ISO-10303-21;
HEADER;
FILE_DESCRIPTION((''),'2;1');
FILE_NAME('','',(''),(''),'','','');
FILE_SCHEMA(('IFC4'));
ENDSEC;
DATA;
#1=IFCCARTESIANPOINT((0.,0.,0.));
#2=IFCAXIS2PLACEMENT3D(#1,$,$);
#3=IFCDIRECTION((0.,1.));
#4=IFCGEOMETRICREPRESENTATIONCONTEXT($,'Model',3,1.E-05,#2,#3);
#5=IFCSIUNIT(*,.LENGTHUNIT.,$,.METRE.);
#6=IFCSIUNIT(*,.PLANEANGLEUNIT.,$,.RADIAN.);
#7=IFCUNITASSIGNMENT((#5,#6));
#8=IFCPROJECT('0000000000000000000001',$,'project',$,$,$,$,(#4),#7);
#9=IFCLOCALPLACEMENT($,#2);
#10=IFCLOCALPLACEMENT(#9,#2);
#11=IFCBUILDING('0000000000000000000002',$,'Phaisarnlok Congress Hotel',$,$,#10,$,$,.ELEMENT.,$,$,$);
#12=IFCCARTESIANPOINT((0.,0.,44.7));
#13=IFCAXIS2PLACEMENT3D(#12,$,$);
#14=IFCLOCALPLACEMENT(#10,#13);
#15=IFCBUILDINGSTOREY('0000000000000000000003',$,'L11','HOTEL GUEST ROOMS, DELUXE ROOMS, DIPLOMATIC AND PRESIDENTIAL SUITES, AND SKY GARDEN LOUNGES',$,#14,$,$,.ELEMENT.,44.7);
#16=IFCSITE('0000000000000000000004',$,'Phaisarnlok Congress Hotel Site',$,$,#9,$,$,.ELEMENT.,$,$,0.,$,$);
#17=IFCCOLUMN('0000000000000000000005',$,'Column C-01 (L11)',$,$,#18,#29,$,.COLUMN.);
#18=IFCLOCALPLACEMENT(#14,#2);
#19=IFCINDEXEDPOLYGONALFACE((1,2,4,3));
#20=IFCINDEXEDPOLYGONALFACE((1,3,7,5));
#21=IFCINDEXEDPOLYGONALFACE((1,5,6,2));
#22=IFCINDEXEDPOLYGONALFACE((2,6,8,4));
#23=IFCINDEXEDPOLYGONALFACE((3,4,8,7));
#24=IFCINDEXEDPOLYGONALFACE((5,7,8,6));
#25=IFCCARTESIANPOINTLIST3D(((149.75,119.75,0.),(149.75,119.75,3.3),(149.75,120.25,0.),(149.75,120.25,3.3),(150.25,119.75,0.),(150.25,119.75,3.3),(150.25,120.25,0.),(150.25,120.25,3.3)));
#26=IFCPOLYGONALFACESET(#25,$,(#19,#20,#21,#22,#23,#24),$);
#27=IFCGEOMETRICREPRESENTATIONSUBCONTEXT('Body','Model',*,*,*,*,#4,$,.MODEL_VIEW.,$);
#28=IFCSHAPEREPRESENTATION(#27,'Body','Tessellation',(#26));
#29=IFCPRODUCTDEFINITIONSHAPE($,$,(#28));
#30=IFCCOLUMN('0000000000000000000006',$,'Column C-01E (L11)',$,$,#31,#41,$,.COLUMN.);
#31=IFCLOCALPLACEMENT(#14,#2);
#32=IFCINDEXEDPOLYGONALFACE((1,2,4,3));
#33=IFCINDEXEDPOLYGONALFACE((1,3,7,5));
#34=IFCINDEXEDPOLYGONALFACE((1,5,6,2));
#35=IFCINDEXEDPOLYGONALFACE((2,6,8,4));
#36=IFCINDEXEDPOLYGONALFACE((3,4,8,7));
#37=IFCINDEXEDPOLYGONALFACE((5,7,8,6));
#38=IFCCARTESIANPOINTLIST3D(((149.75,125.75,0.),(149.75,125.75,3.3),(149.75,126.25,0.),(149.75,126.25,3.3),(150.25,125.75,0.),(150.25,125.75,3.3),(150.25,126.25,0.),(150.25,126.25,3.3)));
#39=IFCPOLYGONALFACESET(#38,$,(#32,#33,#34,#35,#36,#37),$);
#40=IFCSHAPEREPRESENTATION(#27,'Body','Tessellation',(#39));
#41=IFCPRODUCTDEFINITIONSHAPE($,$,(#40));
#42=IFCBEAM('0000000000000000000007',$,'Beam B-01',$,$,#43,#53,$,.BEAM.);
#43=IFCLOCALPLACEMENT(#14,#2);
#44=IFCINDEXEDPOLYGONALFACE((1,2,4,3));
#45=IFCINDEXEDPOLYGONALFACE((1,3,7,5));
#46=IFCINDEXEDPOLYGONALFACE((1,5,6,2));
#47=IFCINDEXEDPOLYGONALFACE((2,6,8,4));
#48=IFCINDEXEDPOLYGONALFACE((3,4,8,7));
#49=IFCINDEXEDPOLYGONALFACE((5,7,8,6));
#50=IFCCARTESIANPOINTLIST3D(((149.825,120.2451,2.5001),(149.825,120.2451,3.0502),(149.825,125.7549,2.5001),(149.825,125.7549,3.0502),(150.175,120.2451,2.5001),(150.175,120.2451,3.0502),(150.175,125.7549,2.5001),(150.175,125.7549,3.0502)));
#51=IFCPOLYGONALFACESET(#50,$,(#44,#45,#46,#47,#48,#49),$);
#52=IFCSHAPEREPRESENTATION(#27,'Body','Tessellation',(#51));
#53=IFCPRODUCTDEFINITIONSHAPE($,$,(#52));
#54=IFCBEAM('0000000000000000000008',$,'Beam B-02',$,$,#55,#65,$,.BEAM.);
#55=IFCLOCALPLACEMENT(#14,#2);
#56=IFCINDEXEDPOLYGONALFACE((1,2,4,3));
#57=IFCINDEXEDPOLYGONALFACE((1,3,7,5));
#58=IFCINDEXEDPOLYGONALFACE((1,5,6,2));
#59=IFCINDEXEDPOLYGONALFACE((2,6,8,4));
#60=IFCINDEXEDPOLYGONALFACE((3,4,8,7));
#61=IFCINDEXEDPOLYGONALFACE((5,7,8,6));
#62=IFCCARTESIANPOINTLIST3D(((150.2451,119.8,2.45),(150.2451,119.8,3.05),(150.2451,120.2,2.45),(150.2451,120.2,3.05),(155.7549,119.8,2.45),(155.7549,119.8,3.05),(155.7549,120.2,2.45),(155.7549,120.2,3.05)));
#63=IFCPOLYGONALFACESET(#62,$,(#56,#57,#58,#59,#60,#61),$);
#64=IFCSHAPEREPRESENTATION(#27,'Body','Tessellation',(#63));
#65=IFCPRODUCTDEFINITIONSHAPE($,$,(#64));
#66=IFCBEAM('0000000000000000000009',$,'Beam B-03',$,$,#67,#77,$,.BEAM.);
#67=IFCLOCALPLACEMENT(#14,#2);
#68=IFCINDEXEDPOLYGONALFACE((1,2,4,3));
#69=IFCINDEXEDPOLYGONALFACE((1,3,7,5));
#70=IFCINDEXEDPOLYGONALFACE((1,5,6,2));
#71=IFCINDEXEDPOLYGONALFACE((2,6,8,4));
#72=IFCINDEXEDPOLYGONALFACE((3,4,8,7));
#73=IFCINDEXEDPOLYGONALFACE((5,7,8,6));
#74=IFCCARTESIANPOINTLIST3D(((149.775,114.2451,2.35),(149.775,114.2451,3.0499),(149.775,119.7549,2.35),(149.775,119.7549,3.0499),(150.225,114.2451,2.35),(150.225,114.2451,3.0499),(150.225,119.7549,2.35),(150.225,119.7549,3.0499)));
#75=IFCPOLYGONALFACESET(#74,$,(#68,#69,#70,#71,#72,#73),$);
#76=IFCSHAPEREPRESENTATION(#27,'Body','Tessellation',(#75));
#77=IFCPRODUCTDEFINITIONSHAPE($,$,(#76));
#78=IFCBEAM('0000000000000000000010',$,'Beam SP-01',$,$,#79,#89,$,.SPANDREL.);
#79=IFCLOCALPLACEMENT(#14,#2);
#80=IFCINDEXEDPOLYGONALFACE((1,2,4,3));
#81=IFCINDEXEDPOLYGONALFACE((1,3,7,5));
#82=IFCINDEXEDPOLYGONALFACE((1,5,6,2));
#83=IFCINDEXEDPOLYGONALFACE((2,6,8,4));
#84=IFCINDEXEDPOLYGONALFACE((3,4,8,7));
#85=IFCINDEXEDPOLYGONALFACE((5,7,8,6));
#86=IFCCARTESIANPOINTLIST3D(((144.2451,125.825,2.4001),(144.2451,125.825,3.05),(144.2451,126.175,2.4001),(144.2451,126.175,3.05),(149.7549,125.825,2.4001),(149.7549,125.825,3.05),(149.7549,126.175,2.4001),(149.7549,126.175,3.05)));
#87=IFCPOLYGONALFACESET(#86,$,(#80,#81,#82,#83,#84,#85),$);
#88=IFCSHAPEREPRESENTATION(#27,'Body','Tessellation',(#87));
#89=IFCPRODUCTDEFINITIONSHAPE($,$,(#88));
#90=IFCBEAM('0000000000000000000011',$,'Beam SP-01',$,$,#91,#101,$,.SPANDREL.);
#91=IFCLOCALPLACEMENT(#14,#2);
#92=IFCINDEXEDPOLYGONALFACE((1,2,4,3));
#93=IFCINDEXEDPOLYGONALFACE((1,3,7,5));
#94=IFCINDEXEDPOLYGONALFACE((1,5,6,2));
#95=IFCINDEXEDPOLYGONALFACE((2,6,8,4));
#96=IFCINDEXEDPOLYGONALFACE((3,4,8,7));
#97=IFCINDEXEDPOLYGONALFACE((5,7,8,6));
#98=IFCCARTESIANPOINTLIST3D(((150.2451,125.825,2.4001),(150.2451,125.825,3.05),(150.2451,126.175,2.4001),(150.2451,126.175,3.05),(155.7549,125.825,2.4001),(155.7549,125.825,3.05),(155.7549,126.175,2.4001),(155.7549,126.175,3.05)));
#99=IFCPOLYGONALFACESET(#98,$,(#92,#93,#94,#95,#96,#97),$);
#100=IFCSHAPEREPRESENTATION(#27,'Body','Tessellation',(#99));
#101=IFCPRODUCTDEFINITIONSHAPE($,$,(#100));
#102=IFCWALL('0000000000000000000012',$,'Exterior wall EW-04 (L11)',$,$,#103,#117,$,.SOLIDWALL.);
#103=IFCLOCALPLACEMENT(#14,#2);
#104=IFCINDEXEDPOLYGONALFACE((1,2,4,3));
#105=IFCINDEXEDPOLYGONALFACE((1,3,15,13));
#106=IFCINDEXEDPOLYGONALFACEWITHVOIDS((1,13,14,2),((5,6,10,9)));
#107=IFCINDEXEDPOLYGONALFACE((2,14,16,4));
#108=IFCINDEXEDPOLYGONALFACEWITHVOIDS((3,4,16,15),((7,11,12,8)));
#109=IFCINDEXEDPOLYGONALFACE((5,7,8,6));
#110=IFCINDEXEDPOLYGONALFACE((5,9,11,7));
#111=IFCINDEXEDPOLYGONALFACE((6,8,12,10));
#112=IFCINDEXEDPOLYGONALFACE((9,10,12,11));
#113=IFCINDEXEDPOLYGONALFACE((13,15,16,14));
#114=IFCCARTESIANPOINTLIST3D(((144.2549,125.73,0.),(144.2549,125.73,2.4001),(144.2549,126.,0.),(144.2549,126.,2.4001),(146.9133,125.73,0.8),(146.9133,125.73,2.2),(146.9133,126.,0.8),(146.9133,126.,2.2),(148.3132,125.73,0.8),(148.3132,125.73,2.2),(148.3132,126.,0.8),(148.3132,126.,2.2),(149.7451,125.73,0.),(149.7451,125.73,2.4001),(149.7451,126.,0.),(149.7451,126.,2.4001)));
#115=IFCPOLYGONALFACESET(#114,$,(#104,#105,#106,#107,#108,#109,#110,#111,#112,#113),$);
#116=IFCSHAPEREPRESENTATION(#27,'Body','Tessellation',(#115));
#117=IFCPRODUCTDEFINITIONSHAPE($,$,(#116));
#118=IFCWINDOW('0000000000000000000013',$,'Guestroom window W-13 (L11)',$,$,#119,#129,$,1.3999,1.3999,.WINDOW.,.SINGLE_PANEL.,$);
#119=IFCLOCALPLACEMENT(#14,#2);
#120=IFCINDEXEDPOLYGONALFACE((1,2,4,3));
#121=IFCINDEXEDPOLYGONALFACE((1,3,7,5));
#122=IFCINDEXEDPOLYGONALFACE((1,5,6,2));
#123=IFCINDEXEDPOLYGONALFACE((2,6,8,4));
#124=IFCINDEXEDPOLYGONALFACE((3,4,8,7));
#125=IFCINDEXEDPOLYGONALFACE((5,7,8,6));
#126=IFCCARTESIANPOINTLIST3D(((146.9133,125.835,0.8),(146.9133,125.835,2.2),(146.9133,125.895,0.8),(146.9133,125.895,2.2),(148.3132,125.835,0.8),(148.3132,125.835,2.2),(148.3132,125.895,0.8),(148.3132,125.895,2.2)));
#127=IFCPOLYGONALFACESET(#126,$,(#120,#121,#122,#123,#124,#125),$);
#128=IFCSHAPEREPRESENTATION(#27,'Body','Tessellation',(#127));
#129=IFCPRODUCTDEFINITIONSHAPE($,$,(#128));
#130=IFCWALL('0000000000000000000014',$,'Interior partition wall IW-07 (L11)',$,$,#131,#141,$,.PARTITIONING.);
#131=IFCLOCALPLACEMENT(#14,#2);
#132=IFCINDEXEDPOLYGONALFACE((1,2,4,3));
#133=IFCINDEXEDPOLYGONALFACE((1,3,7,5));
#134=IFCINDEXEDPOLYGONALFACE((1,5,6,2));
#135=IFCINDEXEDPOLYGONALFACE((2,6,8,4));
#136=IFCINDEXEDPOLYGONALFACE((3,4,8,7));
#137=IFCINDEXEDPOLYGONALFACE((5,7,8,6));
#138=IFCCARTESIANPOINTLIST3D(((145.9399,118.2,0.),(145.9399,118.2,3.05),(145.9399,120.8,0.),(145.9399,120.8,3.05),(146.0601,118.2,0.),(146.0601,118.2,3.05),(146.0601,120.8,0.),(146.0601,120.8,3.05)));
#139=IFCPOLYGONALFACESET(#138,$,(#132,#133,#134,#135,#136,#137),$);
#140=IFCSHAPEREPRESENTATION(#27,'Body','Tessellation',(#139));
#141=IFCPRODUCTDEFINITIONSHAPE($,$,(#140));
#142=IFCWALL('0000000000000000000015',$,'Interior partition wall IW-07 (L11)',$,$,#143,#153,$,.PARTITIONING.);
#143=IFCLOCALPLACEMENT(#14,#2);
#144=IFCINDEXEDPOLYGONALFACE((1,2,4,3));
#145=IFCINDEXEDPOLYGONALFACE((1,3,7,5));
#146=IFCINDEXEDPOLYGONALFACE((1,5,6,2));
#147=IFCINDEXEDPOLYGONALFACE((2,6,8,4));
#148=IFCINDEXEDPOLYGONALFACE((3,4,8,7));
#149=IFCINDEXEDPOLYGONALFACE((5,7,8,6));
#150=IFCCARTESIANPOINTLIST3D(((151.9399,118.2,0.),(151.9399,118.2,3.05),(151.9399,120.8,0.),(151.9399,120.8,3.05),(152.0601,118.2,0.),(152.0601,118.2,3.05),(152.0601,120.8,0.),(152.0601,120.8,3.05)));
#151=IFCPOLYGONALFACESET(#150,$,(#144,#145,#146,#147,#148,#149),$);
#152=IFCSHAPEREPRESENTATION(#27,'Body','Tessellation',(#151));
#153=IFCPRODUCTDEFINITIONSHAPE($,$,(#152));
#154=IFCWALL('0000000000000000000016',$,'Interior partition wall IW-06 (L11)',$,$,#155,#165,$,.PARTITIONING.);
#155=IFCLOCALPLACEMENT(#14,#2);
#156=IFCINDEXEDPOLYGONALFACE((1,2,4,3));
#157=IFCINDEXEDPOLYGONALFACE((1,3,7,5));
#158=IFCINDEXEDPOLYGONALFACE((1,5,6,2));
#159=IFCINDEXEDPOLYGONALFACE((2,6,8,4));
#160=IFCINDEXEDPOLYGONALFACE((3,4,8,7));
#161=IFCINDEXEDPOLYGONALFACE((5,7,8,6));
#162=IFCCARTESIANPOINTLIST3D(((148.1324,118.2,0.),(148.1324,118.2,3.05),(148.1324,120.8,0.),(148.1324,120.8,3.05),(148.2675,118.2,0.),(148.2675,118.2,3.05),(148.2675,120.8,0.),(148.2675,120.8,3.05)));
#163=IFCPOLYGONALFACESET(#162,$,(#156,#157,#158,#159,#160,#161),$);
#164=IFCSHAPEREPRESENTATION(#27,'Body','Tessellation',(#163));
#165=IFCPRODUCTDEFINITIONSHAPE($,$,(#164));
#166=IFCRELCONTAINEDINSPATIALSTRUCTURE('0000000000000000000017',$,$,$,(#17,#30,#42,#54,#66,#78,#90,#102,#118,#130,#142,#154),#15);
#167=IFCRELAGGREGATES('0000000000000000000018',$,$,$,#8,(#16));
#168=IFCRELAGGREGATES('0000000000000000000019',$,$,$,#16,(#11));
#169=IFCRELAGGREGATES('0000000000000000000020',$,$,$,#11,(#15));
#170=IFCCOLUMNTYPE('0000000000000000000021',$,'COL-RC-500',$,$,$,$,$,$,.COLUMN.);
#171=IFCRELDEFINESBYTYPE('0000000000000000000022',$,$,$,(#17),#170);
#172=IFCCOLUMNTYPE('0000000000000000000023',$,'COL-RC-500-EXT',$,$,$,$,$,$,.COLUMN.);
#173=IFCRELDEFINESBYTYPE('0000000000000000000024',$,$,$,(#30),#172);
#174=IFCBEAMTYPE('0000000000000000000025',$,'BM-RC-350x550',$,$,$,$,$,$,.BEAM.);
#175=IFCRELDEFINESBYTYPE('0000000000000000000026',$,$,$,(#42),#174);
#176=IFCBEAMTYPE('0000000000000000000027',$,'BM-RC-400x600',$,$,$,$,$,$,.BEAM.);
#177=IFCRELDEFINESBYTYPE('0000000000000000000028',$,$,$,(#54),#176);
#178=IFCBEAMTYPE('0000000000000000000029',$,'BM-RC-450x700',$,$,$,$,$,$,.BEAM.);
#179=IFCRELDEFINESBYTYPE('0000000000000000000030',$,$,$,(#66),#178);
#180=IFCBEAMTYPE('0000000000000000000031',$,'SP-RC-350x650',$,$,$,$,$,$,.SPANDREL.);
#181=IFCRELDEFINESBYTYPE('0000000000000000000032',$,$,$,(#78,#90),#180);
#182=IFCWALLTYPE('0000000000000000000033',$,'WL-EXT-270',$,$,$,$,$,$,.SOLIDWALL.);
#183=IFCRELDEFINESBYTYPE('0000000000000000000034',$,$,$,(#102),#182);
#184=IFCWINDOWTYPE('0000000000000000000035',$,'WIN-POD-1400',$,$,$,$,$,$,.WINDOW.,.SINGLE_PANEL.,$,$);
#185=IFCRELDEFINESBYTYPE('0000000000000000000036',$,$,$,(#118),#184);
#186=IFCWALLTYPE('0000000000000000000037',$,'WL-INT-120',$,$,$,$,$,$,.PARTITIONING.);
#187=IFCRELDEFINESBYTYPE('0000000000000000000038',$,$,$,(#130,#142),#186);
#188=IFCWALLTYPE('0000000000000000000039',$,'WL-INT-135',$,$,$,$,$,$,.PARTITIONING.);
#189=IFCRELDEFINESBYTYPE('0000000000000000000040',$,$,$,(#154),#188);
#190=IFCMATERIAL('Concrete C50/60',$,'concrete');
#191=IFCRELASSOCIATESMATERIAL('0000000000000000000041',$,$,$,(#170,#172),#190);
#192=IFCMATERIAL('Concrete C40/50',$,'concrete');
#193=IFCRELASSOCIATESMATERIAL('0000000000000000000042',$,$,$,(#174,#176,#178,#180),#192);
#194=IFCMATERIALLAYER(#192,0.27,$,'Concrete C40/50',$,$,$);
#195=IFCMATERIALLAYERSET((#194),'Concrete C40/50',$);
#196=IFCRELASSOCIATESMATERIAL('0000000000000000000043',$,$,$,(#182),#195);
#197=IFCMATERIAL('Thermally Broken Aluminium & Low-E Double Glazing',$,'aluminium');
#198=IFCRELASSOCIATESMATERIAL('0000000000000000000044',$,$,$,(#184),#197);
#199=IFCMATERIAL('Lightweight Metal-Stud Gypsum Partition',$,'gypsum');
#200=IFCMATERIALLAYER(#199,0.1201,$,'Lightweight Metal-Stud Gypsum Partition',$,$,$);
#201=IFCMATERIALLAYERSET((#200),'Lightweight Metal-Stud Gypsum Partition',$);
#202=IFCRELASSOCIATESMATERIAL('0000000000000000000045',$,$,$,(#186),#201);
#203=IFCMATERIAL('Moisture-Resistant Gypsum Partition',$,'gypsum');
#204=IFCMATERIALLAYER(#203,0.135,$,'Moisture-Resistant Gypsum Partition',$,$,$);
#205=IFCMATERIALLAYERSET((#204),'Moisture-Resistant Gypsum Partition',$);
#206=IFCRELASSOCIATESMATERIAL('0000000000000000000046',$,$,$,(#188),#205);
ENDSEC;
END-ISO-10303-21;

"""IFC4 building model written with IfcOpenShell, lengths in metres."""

from ifc_helpers import new_model, si_unit, direction, frame, frame_2d, origin, origin_2d, place, context, subcontext, project, spatial, rectangle, extrude, material, layer, layer_set, material_profile, profile_set, type_object, element, fill, save


model = new_model("IFC4")

# Units and contexts
model_context = context("Model", 3, precision=1e-05, world=origin(), true_north=direction((0.0, 1.0)))
body_context = subcontext(model_context, "Body", "Model", "MODEL_VIEW")
ifc_project = project(units=[si_unit("LENGTHUNIT", "METRE"), si_unit("PLANEANGLEUNIT", "RADIAN")], contexts=[model_context])

# Site, building, storey
site_placement = place(None, origin())
site = spatial("IfcSite", under=ifc_project, at=site_placement, Name="Phaisarnlok Congress Hotel Site", CompositionType="ELEMENT", RefElevation=0.0)
building_placement = place(site_placement, origin())
building = spatial("IfcBuilding", under=site, at=building_placement, Name="Phaisarnlok Congress Hotel", CompositionType="ELEMENT")
storey_placement = place(building_placement, frame((0.0, 0.0, 44.7)))
storey = spatial("IfcBuildingStorey", under=building, at=storey_placement, Name="L11", Description="HOTEL GUEST ROOMS, DELUXE ROOMS, DIPLOMATIC AND PRESIDENTIAL SUITES, AND SKY GARDEN LOUNGES", CompositionType="ELEMENT", Elevation=44.7)

# Columns
ifc_material_1 = material(Name="Concrete C50/60", Category="concrete")
ifc_material_profile_1 = material_profile(ifc_material_1, rectangle(XDim=0.5, YDim=0.5, at=origin_2d()), Name="RC 500x500")
ifc_profile_set_1 = profile_set([ifc_material_profile_1], Name="Concrete C50/60")
column_type_1 = type_object("IfcColumnType", Name="COL-RC-500", PredefinedType="COLUMN", material=ifc_profile_set_1)
column_1_placement = place(storey_placement, frame((150.0, 120.0, 0.0), z_axis=(0.0, 0.0, 1.0), x_axis=(1.0, 0.0, 0.0)))
element("IfcColumn", 1, at=column_1_placement, inside=storey, type_object=column_type_1, Name="Column C-01 (L11)", PredefinedType="COLUMN", context=body_context, shape_type="SweptSolid", body=[
    extrude(rectangle(XDim=0.5, YDim=0.5, at=origin_2d()), origin(), (0.0, 0.0, 1.0), 3.3),
])
ifc_material_profile_2 = material_profile(ifc_material_1, rectangle(XDim=0.5, YDim=0.5, at=origin_2d()), Name="RC 500x500")
ifc_profile_set_2 = profile_set([ifc_material_profile_2], Name="Concrete C50/60")
column_type_2 = type_object("IfcColumnType", Name="COL-RC-500-EXT", PredefinedType="COLUMN", material=ifc_profile_set_2)
column_2_placement = place(storey_placement, frame((150.0, 126.0, 0.0), z_axis=(0.0, 0.0, 1.0), x_axis=(1.0, 0.0, 0.0)))
element("IfcColumn", 2, at=column_2_placement, inside=storey, type_object=column_type_2, Name="Column C-01E (L11)", PredefinedType="COLUMN", context=body_context, shape_type="SweptSolid", body=[
    extrude(rectangle(XDim=0.5, YDim=0.5, at=origin_2d()), origin(), (0.0, 0.0, 1.0), 3.3),
])

# Beams
ifc_material_2 = material(Name="Concrete C40/50", Category="concrete")
ifc_material_profile_3 = material_profile(ifc_material_2, rectangle(XDim=0.3501, YDim=0.55, at=origin_2d()), Name="RC 350x550")
ifc_profile_set_3 = profile_set([ifc_material_profile_3], Name="Concrete C40/50")
beam_type_1 = type_object("IfcBeamType", Name="BM-RC-350x550", PredefinedType="BEAM", material=ifc_profile_set_3)
beam_1_placement = place(storey_placement, frame((150.0, 120.2451, 2.7751), z_axis=(0.0, 1.0, 0.0), x_axis=(-1.0, 0.0, 0.0)))
element("IfcBeam", 3, at=beam_1_placement, inside=storey, type_object=beam_type_1, Name="Beam B-01", PredefinedType="BEAM", context=body_context, shape_type="SweptSolid", body=[
    extrude(rectangle(XDim=0.3501, YDim=0.55, at=origin_2d()), origin(), (0.0, 0.0, 1.0), 5.5098),
])
ifc_material_profile_4 = material_profile(ifc_material_2, rectangle(XDim=0.3999, YDim=0.6001, at=origin_2d()), Name="RC 400x600")
ifc_profile_set_4 = profile_set([ifc_material_profile_4], Name="Concrete C40/50")
beam_type_2 = type_object("IfcBeamType", Name="BM-RC-400x600", PredefinedType="BEAM", material=ifc_profile_set_4)
beam_2_placement = place(storey_placement, frame((150.2451, 120.0, 2.75), z_axis=(1.0, 0.0, 0.0), x_axis=(0.0, 1.0, 0.0)))
element("IfcBeam", 4, at=beam_2_placement, inside=storey, type_object=beam_type_2, Name="Beam B-02", PredefinedType="BEAM", context=body_context, shape_type="SweptSolid", body=[
    extrude(rectangle(XDim=0.3999, YDim=0.6001, at=origin_2d()), origin(), (0.0, 0.0, 1.0), 5.5098),
])
ifc_material_profile_5 = material_profile(ifc_material_2, rectangle(XDim=0.45, YDim=0.7, at=origin_2d()), Name="RC 450x700")
ifc_profile_set_5 = profile_set([ifc_material_profile_5], Name="Concrete C40/50")
beam_type_3 = type_object("IfcBeamType", Name="BM-RC-450x700", PredefinedType="BEAM", material=ifc_profile_set_5)
beam_3_placement = place(storey_placement, frame((150.0, 114.2451, 2.7), z_axis=(0.0, 1.0, 0.0), x_axis=(-1.0, 0.0, 0.0)))
element("IfcBeam", 5, at=beam_3_placement, inside=storey, type_object=beam_type_3, Name="Beam B-03", PredefinedType="BEAM", context=body_context, shape_type="SweptSolid", body=[
    extrude(rectangle(XDim=0.45, YDim=0.7, at=origin_2d()), origin(), (0.0, 0.0, 1.0), 5.5098),
])
ifc_material_profile_6 = material_profile(ifc_material_2, rectangle(XDim=0.3501, YDim=0.6499, at=origin_2d()), Name="RC 350x650")
ifc_profile_set_6 = profile_set([ifc_material_profile_6], Name="Concrete C40/50")
beam_type_4 = type_object("IfcBeamType", Name="SP-RC-350x650", PredefinedType="SPANDREL", material=ifc_profile_set_6)
for number, where, z_axis, x_axis, name in (
    (6, (144.2451, 126.0, 2.7251), (1.0, 0.0, 0.0), (0.0, 1.0, 0.0), "Beam SP-01"),
    (7, (150.2451, 126.0, 2.7251), (1.0, 0.0, 0.0), (0.0, 1.0, 0.0), "Beam SP-01"),
):
    element("IfcBeam", number, at=place(storey_placement, frame(where, z_axis=z_axis, x_axis=x_axis)), inside=storey, type_object=beam_type_4, Name=name, PredefinedType="SPANDREL", context=body_context, shape_type="SweptSolid", body=[
        extrude(rectangle(XDim=0.3501, YDim=0.6499, at=origin_2d()), origin(), (0.0, 0.0, 1.0), 5.5098),
    ])

# Wall, opening, window
ifc_layer_1 = layer(ifc_material_2, 0.27, Name="Concrete C40/50")
ifc_layer_set_1 = layer_set([ifc_layer_1], Name="Concrete C40/50")
wall_type_1 = type_object("IfcWallType", Name="WL-EXT-270", PredefinedType="SOLIDWALL", material=ifc_layer_set_1)
wall_1_placement = place(storey_placement, frame((149.7451, 125.865, 0.0), z_axis=(0.0, 0.0, 1.0), x_axis=(-1.0, 0.0, 0.0)))
wall_1 = element("IfcWall", 8, at=wall_1_placement, inside=storey, type_object=wall_type_1, Name="Exterior wall EW-04 (L11)", PredefinedType="SOLIDWALL", context=body_context, shape_type="SweptSolid", body=[
    extrude(rectangle(XDim=5.4902, YDim=0.27, at=frame_2d((2.7451, 0.0))), origin(), (0.0, 0.0, 1.0), 2.4001),
])
opening_1_placement = place(wall_1_placement, frame((1.4319, 0.0, 0.8)))
opening_1 = element("IfcOpeningElement", 9, at=opening_1_placement, cuts=wall_1, PredefinedType="OPENING", context=body_context, shape_type="SweptSolid", body=[
    extrude(rectangle(XDim=1.3999, YDim=1.3999, at=frame_2d((0.7, 0.7))), frame((0.0, 0.145, 0.0), z_axis=(0.0, -1.0, 0.0), x_axis=(1.0, 0.0, 0.0)), (0.0, 0.0, 1.0), 0.29),
])
ifc_material_3 = material(Name="Thermally Broken Aluminium & Low-E Double Glazing", Category="aluminium")
window_type = type_object("IfcWindowType", Name="WIN-POD-1400", PartitioningType="SINGLE_PANEL", PredefinedType="WINDOW", material=ifc_material_3)
window_placement = place(opening_1_placement, origin())
window = element("IfcWindow", 10, at=window_placement, inside=storey, type_object=window_type, Name="Guestroom window W-13 (L11)", OverallHeight=1.3999, OverallWidth=1.3999, PartitioningType="SINGLE_PANEL", PredefinedType="WINDOW", context=body_context, shape_type="SweptSolid", body=[
    extrude(rectangle(XDim=1.3999, YDim=1.3999, at=frame_2d((0.7, 0.7))), frame((0.0, 0.03, 0.0), z_axis=(0.0, -1.0, 0.0), x_axis=(1.0, 0.0, 0.0)), (0.0, 0.0, 1.0), 0.0601),
])
fill(opening_1, window)

# Walls
ifc_material_4 = material(Name="Lightweight Metal-Stud Gypsum Partition", Category="gypsum")
ifc_layer_2 = layer(ifc_material_4, 0.1201, Name="Lightweight Metal-Stud Gypsum Partition")
ifc_layer_set_2 = layer_set([ifc_layer_2], Name="Lightweight Metal-Stud Gypsum Partition")
wall_type_2 = type_object("IfcWallType", Name="WL-INT-120", PredefinedType="PARTITIONING", material=ifc_layer_set_2)
for number, where, z_axis, x_axis, name in (
    (11, (146.0, 118.2, 0.0), (0.0, 0.0, 1.0), (0.0, 1.0, 0.0), "Interior partition wall IW-07 (L11)"),
    (12, (152.0, 118.2, 0.0), (0.0, 0.0, 1.0), (0.0, 1.0, 0.0), "Interior partition wall IW-07 (L11)"),
):
    element("IfcWall", number, at=place(storey_placement, frame(where, z_axis=z_axis, x_axis=x_axis)), inside=storey, type_object=wall_type_2, Name=name, PredefinedType="PARTITIONING", context=body_context, shape_type="SweptSolid", body=[
        extrude(rectangle(XDim=2.6001, YDim=0.1201, at=frame_2d((1.3, 0.0))), origin(), (0.0, 0.0, 1.0), 3.05),
    ])
ifc_material_5 = material(Name="Moisture-Resistant Gypsum Partition", Category="gypsum")
ifc_layer_3 = layer(ifc_material_5, 0.135, Name="Moisture-Resistant Gypsum Partition")
ifc_layer_set_3 = layer_set([ifc_layer_3], Name="Moisture-Resistant Gypsum Partition")
wall_type_3 = type_object("IfcWallType", Name="WL-INT-135", PredefinedType="PARTITIONING", material=ifc_layer_set_3)
wall_2_placement = place(storey_placement, frame((148.2, 118.2, 0.0), z_axis=(0.0, 0.0, 1.0), x_axis=(0.0, 1.0, 0.0)))
element("IfcWall", 13, at=wall_2_placement, inside=storey, type_object=wall_type_3, Name="Interior partition wall IW-06 (L11)", PredefinedType="PARTITIONING", context=body_context, shape_type="SweptSolid", body=[
    extrude(rectangle(XDim=2.6001, YDim=0.135, at=frame_2d((1.3, 0.0))), origin(), (0.0, 0.0, 1.0), 3.05),
])

save(model, "model.ifc")
